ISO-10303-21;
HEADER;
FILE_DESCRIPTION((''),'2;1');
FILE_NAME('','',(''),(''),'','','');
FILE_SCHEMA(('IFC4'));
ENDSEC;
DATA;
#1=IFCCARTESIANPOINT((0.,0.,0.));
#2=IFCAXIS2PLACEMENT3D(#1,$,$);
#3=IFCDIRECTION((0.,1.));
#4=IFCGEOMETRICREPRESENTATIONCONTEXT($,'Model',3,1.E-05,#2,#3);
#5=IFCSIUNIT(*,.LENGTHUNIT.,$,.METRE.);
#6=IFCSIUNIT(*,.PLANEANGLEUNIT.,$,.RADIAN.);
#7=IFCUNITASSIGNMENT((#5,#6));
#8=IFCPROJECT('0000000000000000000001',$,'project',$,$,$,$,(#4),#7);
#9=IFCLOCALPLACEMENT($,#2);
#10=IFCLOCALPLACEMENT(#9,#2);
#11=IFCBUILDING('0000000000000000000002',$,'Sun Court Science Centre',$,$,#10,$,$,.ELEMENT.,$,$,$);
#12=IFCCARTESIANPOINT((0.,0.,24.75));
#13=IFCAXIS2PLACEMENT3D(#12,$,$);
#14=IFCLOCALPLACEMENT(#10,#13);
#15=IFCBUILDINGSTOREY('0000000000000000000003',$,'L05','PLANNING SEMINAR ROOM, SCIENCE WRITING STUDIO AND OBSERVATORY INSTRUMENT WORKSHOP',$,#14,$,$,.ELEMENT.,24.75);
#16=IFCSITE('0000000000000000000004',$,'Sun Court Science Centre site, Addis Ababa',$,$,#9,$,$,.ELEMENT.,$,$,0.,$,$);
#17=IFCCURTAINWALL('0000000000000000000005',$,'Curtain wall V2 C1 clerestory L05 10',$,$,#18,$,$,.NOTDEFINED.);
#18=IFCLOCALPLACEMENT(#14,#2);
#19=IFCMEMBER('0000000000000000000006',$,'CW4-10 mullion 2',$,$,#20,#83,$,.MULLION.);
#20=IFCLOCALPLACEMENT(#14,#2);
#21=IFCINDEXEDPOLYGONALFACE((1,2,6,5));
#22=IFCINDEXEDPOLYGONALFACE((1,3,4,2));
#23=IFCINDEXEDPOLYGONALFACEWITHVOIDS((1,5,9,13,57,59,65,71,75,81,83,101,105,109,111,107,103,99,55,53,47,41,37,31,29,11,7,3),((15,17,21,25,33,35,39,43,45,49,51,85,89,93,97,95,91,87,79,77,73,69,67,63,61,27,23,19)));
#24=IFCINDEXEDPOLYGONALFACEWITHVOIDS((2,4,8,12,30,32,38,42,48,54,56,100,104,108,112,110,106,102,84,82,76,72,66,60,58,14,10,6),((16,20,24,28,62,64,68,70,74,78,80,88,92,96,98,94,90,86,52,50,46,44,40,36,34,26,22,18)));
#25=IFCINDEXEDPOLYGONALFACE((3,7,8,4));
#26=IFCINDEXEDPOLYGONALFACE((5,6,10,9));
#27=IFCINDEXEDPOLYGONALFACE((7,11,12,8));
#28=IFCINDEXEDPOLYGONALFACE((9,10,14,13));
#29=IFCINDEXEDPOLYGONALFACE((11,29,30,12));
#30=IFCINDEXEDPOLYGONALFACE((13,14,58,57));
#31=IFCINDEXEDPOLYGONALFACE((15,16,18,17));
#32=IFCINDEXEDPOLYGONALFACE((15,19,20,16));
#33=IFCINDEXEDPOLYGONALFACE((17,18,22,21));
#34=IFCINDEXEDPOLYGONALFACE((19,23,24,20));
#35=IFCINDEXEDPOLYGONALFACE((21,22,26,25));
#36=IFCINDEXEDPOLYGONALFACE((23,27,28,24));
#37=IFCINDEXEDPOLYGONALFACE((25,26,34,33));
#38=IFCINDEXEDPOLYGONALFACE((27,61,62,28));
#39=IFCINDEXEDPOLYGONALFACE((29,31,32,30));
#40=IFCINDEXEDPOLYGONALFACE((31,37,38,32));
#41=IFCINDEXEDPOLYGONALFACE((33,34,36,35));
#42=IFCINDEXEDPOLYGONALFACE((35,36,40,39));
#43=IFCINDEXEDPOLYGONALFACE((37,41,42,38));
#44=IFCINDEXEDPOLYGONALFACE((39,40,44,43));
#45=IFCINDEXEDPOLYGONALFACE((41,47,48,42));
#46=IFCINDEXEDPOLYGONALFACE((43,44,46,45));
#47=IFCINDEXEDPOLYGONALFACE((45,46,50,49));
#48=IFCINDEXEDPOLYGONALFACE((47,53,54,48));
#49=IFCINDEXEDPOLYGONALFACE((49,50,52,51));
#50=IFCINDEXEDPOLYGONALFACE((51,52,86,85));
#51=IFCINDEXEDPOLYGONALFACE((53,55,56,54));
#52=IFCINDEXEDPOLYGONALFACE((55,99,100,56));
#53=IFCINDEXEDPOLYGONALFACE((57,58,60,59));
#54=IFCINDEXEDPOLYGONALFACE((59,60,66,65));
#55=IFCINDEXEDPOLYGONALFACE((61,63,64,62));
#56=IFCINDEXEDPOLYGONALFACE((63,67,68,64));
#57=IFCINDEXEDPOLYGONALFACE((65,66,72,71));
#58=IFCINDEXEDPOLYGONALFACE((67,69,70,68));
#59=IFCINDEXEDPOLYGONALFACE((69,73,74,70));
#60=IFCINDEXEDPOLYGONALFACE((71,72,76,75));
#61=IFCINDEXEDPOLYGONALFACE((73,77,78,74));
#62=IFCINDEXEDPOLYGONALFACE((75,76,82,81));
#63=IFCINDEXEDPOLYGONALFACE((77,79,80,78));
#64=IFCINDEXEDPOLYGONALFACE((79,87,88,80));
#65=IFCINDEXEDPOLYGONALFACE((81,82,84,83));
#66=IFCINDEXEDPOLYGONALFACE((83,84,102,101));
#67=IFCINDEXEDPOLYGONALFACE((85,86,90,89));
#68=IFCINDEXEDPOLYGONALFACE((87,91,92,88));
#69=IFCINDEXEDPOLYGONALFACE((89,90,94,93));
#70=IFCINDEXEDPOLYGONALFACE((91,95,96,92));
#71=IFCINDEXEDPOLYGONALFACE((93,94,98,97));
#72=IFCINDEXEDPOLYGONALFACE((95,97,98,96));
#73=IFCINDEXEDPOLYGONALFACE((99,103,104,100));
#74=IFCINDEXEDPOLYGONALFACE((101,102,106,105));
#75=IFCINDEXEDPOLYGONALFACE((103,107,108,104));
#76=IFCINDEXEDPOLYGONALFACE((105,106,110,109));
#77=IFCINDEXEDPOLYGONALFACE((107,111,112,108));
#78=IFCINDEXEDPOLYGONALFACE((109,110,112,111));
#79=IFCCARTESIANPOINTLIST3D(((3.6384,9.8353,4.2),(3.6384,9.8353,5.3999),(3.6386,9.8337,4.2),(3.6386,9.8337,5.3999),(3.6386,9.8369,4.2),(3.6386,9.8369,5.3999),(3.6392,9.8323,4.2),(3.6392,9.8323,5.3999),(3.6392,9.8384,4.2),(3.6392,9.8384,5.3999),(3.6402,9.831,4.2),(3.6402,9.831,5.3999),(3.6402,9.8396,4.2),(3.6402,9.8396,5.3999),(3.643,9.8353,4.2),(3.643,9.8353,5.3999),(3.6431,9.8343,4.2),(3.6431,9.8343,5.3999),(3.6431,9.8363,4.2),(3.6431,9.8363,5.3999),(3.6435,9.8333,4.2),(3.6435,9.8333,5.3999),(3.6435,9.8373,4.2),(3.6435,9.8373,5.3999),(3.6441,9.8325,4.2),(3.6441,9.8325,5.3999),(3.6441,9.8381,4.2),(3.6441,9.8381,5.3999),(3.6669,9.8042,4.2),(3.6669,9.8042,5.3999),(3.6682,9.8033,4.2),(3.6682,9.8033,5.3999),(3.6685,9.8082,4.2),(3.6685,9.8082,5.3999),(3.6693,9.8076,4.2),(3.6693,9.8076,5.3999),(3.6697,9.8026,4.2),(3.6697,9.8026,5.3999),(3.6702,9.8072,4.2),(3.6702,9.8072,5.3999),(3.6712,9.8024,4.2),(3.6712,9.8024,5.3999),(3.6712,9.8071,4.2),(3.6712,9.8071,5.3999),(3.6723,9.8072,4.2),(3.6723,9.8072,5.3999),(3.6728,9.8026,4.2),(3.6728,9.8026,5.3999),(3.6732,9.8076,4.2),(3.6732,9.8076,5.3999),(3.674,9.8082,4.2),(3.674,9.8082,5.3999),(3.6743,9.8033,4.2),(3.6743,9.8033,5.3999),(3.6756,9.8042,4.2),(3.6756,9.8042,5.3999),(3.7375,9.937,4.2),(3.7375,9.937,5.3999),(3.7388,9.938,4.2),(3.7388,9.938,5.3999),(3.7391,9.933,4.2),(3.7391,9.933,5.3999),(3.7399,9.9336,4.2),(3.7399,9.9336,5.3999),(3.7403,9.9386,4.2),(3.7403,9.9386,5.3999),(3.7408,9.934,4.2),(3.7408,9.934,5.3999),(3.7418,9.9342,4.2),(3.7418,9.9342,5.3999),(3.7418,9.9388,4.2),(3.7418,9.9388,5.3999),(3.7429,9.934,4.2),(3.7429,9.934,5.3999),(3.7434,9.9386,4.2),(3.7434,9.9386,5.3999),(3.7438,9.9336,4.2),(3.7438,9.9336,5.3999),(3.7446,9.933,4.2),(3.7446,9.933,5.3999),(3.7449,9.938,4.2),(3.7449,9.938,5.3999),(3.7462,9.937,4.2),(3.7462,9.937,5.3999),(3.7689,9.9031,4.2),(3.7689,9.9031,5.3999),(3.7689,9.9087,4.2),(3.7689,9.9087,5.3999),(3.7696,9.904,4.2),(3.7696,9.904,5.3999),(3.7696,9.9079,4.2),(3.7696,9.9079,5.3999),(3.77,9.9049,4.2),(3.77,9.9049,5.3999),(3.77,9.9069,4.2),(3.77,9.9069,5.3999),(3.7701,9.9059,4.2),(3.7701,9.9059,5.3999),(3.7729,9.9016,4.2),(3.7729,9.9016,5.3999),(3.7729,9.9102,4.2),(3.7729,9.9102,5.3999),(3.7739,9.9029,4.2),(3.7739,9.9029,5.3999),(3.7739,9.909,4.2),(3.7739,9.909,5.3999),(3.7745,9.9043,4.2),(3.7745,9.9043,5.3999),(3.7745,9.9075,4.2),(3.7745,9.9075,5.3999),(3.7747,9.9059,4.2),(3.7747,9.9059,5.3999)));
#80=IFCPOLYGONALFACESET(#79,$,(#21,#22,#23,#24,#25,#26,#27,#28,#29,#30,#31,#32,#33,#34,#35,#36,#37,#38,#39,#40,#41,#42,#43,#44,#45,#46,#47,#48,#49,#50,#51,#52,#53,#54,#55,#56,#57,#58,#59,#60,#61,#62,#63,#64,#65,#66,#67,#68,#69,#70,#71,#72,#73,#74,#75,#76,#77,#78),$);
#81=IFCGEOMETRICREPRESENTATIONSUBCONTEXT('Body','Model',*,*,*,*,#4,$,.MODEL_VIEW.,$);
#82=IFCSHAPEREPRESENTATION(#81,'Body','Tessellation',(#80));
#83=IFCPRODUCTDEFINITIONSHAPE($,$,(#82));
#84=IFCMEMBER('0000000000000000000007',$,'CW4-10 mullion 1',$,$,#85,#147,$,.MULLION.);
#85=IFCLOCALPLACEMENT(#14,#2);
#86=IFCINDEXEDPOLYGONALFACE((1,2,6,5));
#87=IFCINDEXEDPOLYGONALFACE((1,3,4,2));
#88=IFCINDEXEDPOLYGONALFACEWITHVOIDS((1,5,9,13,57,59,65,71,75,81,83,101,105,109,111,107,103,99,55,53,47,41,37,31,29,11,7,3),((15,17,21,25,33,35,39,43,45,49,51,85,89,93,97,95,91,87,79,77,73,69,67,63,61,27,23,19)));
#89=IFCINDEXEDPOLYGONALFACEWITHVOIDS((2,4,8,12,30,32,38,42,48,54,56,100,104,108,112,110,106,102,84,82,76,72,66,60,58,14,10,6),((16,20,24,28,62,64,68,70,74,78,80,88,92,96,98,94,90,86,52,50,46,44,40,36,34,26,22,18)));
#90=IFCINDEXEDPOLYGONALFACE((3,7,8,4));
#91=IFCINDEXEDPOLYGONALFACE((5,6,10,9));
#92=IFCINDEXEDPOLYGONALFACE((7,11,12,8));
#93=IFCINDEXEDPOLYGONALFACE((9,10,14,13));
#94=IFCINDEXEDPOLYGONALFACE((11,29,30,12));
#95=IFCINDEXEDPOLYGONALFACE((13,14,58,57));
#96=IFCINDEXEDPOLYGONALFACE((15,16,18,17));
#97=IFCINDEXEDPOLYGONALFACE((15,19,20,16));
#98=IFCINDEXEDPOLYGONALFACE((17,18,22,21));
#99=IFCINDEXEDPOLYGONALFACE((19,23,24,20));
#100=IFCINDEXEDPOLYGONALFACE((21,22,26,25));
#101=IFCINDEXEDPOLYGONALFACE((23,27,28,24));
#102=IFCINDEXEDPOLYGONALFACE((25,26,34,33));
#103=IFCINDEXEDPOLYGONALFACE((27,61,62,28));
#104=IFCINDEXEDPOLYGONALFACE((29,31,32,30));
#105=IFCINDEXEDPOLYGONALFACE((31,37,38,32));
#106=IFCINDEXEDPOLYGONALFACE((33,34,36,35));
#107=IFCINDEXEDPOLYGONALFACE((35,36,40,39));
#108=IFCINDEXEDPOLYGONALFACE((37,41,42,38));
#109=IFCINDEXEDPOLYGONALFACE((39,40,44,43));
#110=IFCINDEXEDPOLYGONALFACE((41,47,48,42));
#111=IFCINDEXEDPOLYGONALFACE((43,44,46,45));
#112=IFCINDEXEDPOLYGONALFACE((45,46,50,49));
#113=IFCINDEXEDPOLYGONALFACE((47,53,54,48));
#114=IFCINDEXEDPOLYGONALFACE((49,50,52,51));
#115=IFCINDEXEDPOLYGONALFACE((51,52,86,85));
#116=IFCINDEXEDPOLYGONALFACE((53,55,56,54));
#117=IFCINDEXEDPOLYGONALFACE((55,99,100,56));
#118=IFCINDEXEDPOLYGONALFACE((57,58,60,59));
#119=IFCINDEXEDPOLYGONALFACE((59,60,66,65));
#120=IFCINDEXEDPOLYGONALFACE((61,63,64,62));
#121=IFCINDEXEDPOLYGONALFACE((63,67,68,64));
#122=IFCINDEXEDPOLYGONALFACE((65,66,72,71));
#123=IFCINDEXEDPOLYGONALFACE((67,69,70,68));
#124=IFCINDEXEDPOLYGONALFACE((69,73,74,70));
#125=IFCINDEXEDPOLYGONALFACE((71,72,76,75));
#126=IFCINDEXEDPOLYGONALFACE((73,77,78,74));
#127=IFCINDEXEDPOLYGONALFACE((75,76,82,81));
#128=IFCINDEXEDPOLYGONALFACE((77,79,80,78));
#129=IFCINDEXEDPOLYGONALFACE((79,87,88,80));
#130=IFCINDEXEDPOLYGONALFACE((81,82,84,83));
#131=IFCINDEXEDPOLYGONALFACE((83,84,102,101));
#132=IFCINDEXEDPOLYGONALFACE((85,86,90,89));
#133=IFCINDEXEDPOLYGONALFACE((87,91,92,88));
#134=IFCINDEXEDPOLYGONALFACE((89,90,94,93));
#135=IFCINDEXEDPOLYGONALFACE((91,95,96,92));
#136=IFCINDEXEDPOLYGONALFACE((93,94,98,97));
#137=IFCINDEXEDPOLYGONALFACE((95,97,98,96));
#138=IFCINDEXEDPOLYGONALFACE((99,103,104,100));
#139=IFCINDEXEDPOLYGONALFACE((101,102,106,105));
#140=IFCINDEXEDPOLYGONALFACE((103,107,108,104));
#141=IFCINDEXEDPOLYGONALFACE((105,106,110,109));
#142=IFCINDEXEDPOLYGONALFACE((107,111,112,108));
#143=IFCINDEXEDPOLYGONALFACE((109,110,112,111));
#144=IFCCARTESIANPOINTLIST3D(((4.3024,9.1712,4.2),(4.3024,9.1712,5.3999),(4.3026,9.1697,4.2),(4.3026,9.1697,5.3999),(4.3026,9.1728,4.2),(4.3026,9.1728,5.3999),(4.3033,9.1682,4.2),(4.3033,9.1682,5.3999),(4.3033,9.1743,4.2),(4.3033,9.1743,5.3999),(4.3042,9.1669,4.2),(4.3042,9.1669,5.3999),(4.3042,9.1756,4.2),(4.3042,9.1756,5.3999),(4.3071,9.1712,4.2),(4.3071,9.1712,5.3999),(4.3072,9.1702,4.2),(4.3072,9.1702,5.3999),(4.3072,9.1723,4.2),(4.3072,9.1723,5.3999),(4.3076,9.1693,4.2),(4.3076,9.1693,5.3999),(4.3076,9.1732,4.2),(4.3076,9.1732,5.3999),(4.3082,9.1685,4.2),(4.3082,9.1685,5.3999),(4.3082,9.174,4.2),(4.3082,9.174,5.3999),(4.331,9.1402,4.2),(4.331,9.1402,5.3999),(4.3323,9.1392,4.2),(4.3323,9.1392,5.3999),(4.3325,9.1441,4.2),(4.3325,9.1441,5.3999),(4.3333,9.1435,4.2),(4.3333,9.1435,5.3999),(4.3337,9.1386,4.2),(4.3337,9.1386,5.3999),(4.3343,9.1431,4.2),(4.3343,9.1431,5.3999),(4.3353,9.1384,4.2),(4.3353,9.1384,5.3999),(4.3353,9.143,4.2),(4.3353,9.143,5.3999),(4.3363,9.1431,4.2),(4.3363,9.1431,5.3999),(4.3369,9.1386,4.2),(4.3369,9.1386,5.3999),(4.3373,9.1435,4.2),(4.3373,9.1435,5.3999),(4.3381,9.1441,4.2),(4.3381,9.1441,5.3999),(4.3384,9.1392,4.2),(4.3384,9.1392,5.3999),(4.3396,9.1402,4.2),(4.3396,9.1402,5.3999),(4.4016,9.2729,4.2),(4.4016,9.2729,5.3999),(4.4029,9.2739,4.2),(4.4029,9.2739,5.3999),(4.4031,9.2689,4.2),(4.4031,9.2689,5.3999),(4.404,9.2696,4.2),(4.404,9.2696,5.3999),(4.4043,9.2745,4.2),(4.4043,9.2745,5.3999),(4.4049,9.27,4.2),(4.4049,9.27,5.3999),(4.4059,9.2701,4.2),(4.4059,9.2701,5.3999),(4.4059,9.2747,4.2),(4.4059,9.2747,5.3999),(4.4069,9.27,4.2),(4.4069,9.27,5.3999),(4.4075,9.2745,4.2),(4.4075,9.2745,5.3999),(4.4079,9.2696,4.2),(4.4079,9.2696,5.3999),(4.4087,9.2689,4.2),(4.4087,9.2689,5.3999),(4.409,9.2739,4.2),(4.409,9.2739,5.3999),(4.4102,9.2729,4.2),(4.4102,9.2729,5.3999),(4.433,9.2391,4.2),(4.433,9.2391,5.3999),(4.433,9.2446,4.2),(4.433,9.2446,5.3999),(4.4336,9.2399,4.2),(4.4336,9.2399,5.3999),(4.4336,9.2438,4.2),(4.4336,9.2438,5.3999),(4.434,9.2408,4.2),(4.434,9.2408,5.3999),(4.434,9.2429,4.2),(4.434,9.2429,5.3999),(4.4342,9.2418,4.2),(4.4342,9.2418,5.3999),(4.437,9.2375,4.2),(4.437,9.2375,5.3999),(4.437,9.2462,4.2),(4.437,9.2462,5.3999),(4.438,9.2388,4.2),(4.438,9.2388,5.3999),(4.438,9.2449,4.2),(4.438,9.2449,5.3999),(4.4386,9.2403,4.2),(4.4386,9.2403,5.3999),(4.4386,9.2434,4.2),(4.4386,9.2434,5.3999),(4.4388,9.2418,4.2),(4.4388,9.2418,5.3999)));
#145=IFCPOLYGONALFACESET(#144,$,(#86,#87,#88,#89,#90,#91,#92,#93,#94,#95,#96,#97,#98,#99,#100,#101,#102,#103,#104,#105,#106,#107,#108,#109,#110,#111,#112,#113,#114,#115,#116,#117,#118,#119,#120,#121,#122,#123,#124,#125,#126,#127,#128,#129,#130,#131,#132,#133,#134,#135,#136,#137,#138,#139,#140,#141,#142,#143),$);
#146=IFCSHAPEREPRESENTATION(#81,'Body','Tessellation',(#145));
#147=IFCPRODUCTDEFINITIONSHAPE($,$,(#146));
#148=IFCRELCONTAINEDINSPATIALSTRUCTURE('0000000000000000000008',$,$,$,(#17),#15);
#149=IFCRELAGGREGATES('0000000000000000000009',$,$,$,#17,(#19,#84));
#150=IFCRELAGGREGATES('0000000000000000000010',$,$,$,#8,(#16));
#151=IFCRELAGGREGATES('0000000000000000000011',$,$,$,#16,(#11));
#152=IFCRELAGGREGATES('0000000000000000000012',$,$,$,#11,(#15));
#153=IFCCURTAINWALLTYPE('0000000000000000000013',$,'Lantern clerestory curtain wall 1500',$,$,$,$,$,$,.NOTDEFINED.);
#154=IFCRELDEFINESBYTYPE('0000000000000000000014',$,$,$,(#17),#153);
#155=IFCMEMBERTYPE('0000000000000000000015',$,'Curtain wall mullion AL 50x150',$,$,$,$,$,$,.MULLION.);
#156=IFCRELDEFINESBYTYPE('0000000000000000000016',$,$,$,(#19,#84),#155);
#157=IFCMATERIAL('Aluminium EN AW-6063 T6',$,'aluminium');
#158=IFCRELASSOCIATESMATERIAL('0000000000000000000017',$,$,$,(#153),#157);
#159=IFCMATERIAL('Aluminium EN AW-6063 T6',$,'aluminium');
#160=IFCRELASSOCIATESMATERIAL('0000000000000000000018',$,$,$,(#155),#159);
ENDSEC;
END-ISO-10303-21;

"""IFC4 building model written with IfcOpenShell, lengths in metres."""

from ifc_helpers import new_model, si_unit, direction, frame, origin, origin_2d, place, context, subcontext, project, spatial, hollow_rectangle, extrude, material, material_profile, profile_set, type_object, element, aggregate, save


model = new_model("IFC4")

# Units and contexts
model_context = context("Model", 3, precision=1e-05, world=origin(), true_north=direction((0.0, 1.0)))
body_context = subcontext(model_context, "Body", "Model", "MODEL_VIEW")
ifc_project = project(units=[si_unit("LENGTHUNIT", "METRE"), si_unit("PLANEANGLEUNIT", "RADIAN")], contexts=[model_context])

# Site, building, storey
site_placement = place(None, origin())
site = spatial("IfcSite", under=ifc_project, at=site_placement, Name="Sun Court Science Centre site, Addis Ababa", CompositionType="ELEMENT", RefElevation=0.0)
building_placement = place(site_placement, origin())
building = spatial("IfcBuilding", under=site, at=building_placement, Name="Sun Court Science Centre", CompositionType="ELEMENT")
storey_placement = place(building_placement, frame((0.0, 0.0, 24.75)))
storey = spatial("IfcBuildingStorey", under=building, at=storey_placement, Name="L05", Description="PLANNING SEMINAR ROOM, SCIENCE WRITING STUDIO AND OBSERVATORY INSTRUMENT WORKSHOP", CompositionType="ELEMENT", Elevation=24.75)

# Curtain wall, members
ifc_material_1 = material(Name="Aluminium EN AW-6063 T6", Category="aluminium")
curtain_wall_type = type_object("IfcCurtainWallType", Name="Lantern clerestory curtain wall 1500", PredefinedType="NOTDEFINED", material=ifc_material_1)
curtain_wall_1_placement = place(storey_placement, origin())
curtain_wall_1 = element("IfcCurtainWall", 1, at=curtain_wall_1_placement, inside=storey, type_object=curtain_wall_type, Name="Curtain wall V2 C1 clerestory L05 10", PredefinedType="NOTDEFINED")
ifc_material_2 = material(Name="Aluminium EN AW-6063 T6", Category="aluminium")
ifc_material_profile_1 = material_profile(ifc_material_2, hollow_rectangle(XDim=0.05, YDim=0.1499, WallThickness=0.0039, InnerFilletRadius=0.0039, OuterFilletRadius=0.0061, at=origin_2d()), Name="AL 50x150x4")
ifc_profile_set_1 = profile_set([ifc_material_profile_1], Name="Aluminium EN AW-6063 T6")
member_type_1 = type_object("IfcMemberType", Name="Curtain wall mullion AL 50x150", PredefinedType="MULLION", material=ifc_profile_set_1)
member_1_placement = place(storey_placement, frame((3.7065, 9.8706, 4.2), z_axis=(0.0, 0.0, 1.0), x_axis=(-0.707107, 0.707107, 0.0)))
member_1 = element("IfcMember", 2, at=member_1_placement, type_object=member_type_1, Name="CW4-10 mullion 2", PredefinedType="MULLION", context=body_context, shape_type="SweptSolid", body=[
    extrude(hollow_rectangle(XDim=0.05, YDim=0.1499, WallThickness=0.0039, InnerFilletRadius=0.0039, OuterFilletRadius=0.0061, at=origin_2d()), origin(), (0.0, 0.0, 1.0), 1.2),
])
member_2_placement = place(storey_placement, frame((4.3706, 9.2065, 4.2), z_axis=(0.0, 0.0, 1.0), x_axis=(-0.707107, 0.707107, 0.0)))
member_2 = element("IfcMember", 3, at=member_2_placement, type_object=member_type_1, Name="CW4-10 mullion 1", PredefinedType="MULLION", context=body_context, shape_type="SweptSolid", body=[
    extrude(hollow_rectangle(XDim=0.05, YDim=0.1499, WallThickness=0.0039, InnerFilletRadius=0.0039, OuterFilletRadius=0.0061, at=origin_2d()), origin(), (0.0, 0.0, 1.0), 1.2),
])

aggregate(curtain_wall_1, [member_1, member_2])

save(model, "model.ifc")
